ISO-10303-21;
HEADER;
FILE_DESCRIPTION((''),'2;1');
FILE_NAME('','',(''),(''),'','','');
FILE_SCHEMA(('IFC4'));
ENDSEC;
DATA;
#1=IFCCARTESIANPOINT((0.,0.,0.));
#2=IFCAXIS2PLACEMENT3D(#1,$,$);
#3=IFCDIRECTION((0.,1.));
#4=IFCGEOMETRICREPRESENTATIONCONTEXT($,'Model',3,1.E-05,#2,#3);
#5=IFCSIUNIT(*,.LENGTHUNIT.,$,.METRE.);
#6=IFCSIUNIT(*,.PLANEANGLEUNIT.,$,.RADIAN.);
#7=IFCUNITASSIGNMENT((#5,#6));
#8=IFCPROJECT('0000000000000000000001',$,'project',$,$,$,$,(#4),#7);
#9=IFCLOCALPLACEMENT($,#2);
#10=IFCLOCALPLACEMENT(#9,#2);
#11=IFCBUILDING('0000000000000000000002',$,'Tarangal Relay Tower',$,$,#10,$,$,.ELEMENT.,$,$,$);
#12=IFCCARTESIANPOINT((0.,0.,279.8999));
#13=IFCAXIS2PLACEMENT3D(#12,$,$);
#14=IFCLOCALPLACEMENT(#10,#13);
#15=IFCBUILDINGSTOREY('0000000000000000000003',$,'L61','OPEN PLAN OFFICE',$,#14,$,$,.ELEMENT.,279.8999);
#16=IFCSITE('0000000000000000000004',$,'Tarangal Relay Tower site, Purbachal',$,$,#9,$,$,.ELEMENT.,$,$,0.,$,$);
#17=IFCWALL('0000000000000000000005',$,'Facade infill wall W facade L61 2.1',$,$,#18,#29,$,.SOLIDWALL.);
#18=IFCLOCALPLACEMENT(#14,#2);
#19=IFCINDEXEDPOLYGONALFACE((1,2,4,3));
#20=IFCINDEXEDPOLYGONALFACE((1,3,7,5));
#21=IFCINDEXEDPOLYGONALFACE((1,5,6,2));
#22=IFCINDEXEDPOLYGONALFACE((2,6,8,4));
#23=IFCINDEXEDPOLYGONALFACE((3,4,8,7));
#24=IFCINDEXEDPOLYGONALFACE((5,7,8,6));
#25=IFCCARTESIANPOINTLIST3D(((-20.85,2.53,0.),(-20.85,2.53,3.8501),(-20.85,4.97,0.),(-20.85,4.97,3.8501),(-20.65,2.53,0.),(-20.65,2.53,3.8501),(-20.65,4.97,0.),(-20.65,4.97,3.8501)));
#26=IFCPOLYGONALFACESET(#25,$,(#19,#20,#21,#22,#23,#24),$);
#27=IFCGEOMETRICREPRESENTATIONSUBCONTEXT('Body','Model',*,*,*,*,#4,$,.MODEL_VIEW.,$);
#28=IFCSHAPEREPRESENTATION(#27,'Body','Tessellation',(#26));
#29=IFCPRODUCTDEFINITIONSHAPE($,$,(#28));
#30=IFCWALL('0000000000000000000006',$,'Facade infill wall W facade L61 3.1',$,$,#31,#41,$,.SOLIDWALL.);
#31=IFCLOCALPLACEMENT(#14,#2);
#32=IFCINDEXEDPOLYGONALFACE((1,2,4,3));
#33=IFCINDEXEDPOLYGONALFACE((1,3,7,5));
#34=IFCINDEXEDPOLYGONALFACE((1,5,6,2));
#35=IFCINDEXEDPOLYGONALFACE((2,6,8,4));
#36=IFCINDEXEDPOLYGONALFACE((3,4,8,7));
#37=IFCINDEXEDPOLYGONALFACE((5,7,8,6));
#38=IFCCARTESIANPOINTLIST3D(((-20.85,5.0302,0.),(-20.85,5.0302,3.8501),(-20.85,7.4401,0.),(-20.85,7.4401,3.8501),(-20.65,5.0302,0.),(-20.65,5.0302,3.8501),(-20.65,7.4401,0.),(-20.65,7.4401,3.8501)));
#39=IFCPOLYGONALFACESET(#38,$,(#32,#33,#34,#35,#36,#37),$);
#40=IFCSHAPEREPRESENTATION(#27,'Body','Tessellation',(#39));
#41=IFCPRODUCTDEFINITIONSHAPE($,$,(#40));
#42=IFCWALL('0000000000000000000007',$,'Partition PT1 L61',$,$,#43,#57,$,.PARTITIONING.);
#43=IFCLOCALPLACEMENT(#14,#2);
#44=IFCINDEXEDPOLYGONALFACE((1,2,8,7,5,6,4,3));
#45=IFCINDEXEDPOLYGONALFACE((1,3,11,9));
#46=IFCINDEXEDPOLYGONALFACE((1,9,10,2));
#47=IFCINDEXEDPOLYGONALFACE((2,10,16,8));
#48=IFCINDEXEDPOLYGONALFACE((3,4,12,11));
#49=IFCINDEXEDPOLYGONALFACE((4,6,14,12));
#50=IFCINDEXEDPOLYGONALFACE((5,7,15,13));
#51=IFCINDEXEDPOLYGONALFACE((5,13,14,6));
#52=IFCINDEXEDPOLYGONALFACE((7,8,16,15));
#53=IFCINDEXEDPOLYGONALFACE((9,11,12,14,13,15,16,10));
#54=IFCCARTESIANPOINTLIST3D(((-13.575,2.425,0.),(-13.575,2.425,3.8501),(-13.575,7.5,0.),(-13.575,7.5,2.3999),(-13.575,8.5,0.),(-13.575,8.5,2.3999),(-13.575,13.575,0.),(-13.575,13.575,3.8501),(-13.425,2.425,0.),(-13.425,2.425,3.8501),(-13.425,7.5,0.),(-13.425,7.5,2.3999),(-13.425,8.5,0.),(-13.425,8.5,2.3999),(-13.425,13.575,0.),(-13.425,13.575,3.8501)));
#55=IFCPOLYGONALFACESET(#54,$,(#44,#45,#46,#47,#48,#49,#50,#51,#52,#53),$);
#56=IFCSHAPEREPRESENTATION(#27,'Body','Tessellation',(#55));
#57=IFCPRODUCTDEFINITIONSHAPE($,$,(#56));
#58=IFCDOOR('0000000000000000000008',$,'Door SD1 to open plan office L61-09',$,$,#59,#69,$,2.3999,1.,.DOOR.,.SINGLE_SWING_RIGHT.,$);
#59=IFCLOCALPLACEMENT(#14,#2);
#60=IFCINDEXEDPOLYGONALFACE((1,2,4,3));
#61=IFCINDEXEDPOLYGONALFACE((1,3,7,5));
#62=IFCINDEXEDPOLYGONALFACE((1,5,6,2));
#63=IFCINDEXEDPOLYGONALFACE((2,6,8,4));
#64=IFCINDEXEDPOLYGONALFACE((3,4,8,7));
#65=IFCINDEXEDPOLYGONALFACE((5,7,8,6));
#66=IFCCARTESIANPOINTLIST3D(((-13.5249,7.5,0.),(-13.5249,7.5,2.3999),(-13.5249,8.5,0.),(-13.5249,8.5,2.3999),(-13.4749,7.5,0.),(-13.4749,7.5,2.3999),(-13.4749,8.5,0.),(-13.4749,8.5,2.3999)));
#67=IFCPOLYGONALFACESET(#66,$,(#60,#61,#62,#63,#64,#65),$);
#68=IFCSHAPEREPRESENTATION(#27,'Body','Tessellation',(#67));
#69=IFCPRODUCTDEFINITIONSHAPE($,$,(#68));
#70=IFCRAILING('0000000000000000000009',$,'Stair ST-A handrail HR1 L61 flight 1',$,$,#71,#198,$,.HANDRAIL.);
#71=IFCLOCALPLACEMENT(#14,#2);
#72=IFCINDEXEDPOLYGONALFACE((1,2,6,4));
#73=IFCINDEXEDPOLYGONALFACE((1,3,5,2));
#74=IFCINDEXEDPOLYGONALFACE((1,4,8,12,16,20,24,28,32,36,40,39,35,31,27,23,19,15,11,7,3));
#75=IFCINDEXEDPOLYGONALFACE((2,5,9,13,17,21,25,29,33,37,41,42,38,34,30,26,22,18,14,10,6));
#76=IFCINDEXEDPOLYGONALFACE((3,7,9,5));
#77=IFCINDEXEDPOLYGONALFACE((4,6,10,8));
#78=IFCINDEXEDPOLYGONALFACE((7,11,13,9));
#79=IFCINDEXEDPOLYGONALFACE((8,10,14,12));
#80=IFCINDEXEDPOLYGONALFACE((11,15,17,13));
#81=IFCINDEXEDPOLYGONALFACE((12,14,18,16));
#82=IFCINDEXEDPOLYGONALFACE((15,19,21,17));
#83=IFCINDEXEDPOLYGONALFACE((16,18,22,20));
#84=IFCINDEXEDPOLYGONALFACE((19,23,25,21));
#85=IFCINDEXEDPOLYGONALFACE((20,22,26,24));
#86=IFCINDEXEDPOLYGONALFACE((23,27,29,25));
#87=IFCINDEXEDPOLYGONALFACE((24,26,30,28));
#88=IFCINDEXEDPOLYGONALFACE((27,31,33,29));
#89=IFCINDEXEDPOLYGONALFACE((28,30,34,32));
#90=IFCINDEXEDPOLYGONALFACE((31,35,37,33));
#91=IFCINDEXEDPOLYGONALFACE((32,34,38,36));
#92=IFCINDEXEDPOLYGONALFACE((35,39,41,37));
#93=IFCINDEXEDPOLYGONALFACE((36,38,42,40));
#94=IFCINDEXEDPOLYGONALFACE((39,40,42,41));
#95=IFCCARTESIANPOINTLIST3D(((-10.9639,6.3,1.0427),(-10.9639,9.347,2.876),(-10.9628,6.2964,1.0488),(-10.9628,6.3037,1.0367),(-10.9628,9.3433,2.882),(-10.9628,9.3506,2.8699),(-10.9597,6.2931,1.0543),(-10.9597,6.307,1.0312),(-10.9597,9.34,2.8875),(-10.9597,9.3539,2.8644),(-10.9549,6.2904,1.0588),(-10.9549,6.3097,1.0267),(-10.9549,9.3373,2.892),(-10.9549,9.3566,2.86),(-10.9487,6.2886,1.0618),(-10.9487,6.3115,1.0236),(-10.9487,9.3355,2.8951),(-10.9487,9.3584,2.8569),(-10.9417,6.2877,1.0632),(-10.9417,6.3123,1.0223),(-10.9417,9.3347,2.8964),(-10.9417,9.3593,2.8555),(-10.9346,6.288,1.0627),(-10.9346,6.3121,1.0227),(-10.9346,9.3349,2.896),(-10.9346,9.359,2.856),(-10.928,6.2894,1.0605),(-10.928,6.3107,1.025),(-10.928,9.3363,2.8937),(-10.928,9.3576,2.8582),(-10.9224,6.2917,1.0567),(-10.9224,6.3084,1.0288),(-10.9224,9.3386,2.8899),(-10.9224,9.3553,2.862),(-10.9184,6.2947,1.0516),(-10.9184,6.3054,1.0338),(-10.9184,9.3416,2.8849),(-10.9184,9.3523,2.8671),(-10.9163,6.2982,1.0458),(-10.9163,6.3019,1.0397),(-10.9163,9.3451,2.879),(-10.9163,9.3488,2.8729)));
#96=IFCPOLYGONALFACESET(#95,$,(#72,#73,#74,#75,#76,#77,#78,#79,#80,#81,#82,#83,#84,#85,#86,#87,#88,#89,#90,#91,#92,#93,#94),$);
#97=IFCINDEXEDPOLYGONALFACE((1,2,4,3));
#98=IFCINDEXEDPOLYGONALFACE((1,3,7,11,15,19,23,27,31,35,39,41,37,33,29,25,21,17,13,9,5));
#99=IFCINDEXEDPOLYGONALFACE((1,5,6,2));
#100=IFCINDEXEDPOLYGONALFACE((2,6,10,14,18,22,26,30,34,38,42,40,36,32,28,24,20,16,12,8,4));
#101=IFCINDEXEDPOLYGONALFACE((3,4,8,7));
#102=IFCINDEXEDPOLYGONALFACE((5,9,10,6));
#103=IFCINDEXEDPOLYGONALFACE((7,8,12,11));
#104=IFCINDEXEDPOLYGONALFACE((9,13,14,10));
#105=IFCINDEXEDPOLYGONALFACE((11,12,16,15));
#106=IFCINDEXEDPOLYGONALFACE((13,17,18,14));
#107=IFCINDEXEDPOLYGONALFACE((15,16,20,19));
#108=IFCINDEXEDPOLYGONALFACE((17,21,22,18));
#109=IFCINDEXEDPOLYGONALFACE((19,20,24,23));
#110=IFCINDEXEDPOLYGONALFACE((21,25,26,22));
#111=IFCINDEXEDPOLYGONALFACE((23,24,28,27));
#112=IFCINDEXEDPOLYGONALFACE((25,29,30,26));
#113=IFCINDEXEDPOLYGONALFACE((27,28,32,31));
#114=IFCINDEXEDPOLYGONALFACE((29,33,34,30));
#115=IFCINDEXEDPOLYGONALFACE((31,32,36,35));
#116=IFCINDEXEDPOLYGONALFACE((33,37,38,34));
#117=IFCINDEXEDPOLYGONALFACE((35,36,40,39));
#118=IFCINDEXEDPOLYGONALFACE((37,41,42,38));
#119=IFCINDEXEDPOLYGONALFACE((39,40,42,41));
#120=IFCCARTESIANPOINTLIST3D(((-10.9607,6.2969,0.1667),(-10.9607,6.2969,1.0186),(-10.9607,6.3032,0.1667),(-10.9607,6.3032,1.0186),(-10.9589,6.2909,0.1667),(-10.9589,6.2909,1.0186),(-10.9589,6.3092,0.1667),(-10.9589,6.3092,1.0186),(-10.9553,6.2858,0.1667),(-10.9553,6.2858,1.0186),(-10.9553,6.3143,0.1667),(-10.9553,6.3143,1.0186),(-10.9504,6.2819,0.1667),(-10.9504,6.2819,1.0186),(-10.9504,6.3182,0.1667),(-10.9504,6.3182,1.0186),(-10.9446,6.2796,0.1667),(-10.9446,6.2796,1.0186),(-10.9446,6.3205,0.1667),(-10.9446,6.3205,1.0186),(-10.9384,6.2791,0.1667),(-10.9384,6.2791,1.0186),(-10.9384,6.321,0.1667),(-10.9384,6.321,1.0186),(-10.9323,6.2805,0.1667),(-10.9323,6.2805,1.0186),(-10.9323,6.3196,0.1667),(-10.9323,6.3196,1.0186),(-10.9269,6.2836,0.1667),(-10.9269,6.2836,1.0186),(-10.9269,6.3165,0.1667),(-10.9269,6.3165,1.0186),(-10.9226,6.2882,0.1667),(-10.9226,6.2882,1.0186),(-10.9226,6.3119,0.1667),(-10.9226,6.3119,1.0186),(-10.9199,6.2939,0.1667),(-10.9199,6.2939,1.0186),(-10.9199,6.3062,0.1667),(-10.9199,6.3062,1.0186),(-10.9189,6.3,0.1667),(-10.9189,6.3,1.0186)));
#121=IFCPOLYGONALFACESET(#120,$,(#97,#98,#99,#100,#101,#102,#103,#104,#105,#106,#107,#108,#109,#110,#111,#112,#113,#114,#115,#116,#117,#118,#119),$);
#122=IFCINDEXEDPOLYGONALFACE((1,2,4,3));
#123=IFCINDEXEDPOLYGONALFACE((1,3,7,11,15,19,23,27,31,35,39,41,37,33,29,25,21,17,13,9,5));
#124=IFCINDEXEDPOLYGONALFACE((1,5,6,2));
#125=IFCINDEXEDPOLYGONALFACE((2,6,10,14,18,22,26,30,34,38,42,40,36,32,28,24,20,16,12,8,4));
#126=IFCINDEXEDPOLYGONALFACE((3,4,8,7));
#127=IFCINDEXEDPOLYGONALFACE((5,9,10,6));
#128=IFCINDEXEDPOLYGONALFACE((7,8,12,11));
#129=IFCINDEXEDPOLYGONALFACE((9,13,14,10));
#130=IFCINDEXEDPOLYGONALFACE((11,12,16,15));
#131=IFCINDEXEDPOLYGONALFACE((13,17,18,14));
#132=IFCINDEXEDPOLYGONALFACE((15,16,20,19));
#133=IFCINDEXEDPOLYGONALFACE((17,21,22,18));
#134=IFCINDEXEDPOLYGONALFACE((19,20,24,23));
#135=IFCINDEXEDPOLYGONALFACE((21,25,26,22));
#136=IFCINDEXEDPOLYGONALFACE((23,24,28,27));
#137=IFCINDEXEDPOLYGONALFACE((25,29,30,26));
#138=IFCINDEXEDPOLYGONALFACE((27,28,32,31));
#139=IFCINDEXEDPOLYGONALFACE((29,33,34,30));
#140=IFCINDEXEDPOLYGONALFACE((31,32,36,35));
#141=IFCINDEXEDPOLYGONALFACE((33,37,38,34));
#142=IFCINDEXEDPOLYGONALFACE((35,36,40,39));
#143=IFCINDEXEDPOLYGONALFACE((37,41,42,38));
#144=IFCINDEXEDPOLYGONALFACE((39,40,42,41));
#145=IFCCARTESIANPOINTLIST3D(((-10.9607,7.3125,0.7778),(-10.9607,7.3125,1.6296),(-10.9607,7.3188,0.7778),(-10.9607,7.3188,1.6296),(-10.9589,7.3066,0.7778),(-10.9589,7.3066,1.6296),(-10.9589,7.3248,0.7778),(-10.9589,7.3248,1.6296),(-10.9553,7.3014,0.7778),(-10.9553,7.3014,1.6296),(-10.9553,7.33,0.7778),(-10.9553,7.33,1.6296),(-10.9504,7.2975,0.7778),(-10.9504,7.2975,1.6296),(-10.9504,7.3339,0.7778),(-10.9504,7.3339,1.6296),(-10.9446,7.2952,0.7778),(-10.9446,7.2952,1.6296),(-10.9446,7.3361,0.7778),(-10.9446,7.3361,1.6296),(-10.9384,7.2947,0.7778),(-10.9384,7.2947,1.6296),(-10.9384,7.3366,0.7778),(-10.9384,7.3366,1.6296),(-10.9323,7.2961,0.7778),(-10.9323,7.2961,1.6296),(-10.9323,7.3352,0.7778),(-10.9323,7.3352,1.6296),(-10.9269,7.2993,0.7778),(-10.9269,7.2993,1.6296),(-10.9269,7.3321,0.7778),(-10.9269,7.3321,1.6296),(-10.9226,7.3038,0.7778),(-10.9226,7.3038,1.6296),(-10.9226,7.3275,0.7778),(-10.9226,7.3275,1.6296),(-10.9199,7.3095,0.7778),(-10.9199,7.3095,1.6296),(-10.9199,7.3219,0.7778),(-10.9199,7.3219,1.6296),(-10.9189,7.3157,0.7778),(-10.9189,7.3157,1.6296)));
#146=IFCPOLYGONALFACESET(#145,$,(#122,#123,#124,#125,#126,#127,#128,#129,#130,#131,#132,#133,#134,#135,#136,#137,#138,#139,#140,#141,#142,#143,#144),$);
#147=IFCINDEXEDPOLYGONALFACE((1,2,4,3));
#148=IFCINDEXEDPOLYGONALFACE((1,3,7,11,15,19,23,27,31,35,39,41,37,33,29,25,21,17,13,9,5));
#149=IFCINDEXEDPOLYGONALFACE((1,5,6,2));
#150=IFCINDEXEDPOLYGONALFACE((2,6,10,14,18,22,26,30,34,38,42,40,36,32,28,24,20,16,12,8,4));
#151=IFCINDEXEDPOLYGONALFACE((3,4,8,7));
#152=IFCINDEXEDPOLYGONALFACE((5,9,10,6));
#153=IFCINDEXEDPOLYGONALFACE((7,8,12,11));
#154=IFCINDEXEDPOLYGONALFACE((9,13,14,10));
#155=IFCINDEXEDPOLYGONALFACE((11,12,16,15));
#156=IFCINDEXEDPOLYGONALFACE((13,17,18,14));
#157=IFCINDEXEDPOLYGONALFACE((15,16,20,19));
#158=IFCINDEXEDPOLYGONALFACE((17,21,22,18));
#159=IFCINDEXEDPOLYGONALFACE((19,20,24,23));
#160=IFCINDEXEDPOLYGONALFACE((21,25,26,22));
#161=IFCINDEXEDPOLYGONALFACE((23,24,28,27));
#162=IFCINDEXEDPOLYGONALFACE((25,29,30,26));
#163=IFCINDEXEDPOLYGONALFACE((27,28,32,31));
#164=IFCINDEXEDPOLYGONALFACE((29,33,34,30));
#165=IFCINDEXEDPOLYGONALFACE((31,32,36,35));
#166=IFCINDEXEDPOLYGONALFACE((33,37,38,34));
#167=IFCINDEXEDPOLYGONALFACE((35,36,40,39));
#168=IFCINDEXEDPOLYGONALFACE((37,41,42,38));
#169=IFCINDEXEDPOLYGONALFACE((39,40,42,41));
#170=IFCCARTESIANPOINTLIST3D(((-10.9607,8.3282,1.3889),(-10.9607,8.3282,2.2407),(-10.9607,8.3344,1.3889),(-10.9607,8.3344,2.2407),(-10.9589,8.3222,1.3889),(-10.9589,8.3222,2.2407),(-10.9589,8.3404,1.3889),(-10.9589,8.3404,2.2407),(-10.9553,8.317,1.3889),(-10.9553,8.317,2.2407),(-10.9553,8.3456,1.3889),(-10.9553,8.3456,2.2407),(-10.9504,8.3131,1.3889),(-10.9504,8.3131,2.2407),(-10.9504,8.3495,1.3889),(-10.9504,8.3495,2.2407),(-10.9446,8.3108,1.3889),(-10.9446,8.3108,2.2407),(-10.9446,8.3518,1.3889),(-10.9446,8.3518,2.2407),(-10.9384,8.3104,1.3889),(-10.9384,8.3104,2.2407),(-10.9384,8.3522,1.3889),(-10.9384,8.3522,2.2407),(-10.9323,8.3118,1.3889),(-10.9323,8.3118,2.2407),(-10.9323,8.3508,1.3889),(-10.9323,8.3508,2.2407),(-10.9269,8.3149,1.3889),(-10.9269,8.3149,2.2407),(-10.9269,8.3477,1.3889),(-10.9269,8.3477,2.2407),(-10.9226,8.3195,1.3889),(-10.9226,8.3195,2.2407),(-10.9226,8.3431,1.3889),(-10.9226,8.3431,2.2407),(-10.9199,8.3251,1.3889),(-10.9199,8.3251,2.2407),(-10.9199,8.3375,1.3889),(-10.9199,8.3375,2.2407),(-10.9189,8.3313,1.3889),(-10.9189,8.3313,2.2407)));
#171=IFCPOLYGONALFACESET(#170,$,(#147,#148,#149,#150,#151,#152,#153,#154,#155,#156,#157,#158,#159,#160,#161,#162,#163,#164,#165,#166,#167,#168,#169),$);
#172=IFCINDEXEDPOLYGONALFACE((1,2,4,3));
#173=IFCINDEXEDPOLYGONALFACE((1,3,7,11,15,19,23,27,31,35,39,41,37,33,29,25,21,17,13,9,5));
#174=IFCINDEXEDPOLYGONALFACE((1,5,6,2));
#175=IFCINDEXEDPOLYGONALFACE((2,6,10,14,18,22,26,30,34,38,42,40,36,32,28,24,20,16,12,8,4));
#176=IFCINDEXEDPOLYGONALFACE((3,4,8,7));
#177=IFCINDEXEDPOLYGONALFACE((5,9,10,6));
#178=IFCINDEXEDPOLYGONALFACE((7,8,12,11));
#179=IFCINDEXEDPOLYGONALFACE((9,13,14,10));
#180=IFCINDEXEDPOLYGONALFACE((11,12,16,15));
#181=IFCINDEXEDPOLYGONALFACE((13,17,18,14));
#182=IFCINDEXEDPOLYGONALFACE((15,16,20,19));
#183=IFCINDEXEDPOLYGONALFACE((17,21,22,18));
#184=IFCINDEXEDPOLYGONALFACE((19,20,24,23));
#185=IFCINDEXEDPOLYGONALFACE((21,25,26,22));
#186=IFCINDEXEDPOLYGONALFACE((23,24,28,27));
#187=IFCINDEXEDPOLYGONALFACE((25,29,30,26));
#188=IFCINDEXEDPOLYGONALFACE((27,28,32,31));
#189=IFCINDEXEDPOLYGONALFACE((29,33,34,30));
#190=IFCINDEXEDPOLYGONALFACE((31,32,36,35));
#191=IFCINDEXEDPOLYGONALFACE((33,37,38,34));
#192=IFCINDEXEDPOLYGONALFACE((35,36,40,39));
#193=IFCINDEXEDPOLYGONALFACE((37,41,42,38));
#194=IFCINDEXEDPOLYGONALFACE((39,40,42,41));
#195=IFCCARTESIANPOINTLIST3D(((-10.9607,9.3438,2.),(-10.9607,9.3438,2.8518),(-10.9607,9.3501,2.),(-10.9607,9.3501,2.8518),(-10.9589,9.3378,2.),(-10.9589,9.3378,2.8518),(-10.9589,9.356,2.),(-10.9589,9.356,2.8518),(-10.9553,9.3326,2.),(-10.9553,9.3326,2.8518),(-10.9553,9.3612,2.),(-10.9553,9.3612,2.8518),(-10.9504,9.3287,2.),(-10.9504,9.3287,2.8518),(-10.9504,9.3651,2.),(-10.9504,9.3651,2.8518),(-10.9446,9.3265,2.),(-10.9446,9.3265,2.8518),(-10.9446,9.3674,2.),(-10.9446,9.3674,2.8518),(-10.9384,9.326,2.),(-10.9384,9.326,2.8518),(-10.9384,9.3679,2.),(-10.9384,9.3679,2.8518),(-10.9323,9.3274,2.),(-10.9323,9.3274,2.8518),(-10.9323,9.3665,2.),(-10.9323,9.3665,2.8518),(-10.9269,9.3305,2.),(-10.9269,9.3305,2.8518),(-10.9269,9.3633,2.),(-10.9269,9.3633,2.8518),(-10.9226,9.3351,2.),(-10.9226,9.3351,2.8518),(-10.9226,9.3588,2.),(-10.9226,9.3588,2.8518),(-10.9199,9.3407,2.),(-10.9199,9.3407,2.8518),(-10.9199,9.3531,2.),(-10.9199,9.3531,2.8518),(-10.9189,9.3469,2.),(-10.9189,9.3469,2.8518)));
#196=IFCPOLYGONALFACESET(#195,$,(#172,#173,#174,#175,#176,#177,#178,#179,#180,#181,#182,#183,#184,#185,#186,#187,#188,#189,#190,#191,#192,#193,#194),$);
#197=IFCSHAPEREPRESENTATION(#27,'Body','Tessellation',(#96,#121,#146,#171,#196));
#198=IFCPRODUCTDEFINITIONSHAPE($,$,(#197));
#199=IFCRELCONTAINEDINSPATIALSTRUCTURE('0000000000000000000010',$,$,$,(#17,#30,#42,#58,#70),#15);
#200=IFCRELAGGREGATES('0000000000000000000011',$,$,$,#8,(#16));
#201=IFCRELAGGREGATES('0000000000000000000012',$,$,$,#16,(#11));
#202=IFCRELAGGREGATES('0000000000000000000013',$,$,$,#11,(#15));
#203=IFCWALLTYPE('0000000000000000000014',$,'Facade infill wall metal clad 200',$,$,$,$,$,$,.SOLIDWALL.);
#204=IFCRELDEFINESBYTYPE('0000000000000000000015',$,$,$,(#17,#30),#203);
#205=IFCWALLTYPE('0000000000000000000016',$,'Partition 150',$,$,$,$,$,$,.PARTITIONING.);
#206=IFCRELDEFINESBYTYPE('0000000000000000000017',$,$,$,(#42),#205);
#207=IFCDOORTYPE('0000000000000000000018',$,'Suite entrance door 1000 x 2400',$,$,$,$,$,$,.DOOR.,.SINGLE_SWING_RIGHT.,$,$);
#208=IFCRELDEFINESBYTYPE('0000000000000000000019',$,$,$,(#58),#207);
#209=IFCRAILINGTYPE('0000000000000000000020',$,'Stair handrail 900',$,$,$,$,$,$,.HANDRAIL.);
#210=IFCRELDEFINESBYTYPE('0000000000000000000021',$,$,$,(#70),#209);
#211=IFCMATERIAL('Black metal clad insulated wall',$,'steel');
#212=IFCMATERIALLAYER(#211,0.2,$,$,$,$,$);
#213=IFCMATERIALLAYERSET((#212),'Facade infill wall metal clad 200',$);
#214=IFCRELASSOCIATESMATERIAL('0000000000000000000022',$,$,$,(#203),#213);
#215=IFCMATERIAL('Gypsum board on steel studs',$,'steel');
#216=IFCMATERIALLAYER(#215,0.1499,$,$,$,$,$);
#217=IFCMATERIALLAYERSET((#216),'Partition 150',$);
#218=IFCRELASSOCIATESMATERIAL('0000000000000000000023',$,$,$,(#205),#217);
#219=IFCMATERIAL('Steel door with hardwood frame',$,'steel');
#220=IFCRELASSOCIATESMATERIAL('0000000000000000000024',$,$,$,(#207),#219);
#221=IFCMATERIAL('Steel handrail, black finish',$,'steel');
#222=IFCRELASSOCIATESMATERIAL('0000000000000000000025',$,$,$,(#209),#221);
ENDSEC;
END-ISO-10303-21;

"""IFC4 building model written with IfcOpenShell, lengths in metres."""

from ifc_helpers import new_model, si_unit, direction, frame, frame_2d, origin, origin_2d, place, context, subcontext, project, spatial, rectangle, circle, extrude, material, layer, layer_set, type_object, element, fill, save


model = new_model("IFC4")

# Units and contexts
model_context = context("Model", 3, precision=1e-05, world=origin(), true_north=direction((0.0, 1.0)))
body_context = subcontext(model_context, "Body", "Model", "MODEL_VIEW")
ifc_project = project(units=[si_unit("LENGTHUNIT", "METRE"), si_unit("PLANEANGLEUNIT", "RADIAN")], contexts=[model_context])

# Site, building, storey
site_placement = place(None, origin())
site = spatial("IfcSite", under=ifc_project, at=site_placement, Name="Tarangal Relay Tower site, Purbachal", CompositionType="ELEMENT", RefElevation=0.0)
building_placement = place(site_placement, origin())
building = spatial("IfcBuilding", under=site, at=building_placement, Name="Tarangal Relay Tower", CompositionType="ELEMENT")
storey_placement = place(building_placement, frame((0.0, 0.0, 279.8999)))
storey = spatial("IfcBuildingStorey", under=building, at=storey_placement, Name="L61", Description="OPEN PLAN OFFICE", CompositionType="ELEMENT", Elevation=279.8999)

# Shared definitions
ifc_material_1 = material(Name="Steel door with hardwood frame", Category="steel")

# Walls
ifc_material_2 = material(Name="Black metal clad insulated wall", Category="steel")
ifc_layer_1 = layer(ifc_material_2, 0.2)
ifc_layer_set_1 = layer_set([ifc_layer_1], Name="Facade infill wall metal clad 200")
wall_type_1 = type_object("IfcWallType", Name="Facade infill wall metal clad 200", PredefinedType="SOLIDWALL", material=ifc_layer_set_1)
wall_1_placement = place(storey_placement, frame((-20.75, 2.53, 0.0), z_axis=(0.0, 0.0, 1.0), x_axis=(0.0, 1.0, 0.0)))
element("IfcWall", 1, at=wall_1_placement, inside=storey, type_object=wall_type_1, Name="Facade infill wall W facade L61 2.1", PredefinedType="SOLIDWALL", context=body_context, shape_type="SweptSolid", body=[
    extrude(rectangle(XDim=2.4399, YDim=0.2, at=frame_2d((1.22, 0.0))), origin(), (0.0, 0.0, 1.0), 3.8501),
])
wall_2_placement = place(storey_placement, frame((-20.75, 5.03, 0.0), z_axis=(0.0, 0.0, 1.0), x_axis=(0.0, 1.0, 0.0)))
element("IfcWall", 2, at=wall_2_placement, inside=storey, type_object=wall_type_1, Name="Facade infill wall W facade L61 3.1", PredefinedType="SOLIDWALL", context=body_context, shape_type="SweptSolid", body=[
    extrude(rectangle(XDim=2.4099, YDim=0.2, at=frame_2d((1.2051, 0.0))), origin(), (0.0, 0.0, 1.0), 3.8501),
])

# Wall, opening, door
ifc_material_3 = material(Name="Gypsum board on steel studs", Category="steel")
ifc_layer_2 = layer(ifc_material_3, 0.1499)
ifc_layer_set_2 = layer_set([ifc_layer_2], Name="Partition 150")
wall_type_2 = type_object("IfcWallType", Name="Partition 150", PredefinedType="PARTITIONING", material=ifc_layer_set_2)
wall_3_placement = place(storey_placement, frame((-13.5, 2.425, 0.0), z_axis=(0.0, 0.0, 1.0), x_axis=(0.0, 1.0, 0.0)))
wall_3 = element("IfcWall", 3, at=wall_3_placement, inside=storey, type_object=wall_type_2, Name="Partition PT1 L61", PredefinedType="PARTITIONING", context=body_context, shape_type="SweptSolid", body=[
    extrude(rectangle(XDim=11.1499, YDim=0.1499, at=frame_2d((5.575, 0.0))), origin(), (0.0, 0.0, 1.0), 3.8501),
])
opening_1_placement = place(wall_3_placement, frame((5.075, 0.0, 0.0)))
opening_1 = element("IfcOpeningElement", 4, at=opening_1_placement, cuts=wall_3, PredefinedType="OPENING", context=body_context, shape_type="SweptSolid", body=[
    extrude(rectangle(XDim=1.0, YDim=2.3999, at=frame_2d((0.5, 1.2))), frame((0.0, 0.085, 0.0), z_axis=(0.0, -1.0, 0.0), x_axis=(1.0, 0.0, 0.0)), (0.0, 0.0, 1.0), 0.1699),
])
door_type_1 = type_object("IfcDoorType", Name="Suite entrance door 1000 x 2400", OperationType="SINGLE_SWING_RIGHT", PredefinedType="DOOR", material=ifc_material_1)
door_1_placement = place(opening_1_placement, origin())
door_1 = element("IfcDoor", 5, at=door_1_placement, inside=storey, type_object=door_type_1, Name="Door SD1 to open plan office L61-09", OperationType="SINGLE_SWING_RIGHT", OverallHeight=2.3999, OverallWidth=1.0, PredefinedType="DOOR", context=body_context, shape_type="SweptSolid", body=[
    extrude(rectangle(XDim=1.0, YDim=2.3999, at=frame_2d((0.5, 1.2))), frame((0.0, 0.0249, 0.0), z_axis=(0.0, -1.0, 0.0), x_axis=(1.0, 0.0, 0.0)), (0.0, 0.0, 1.0), 0.05),
])
fill(opening_1, door_1)

# Railing
ifc_material_4 = material(Name="Steel handrail, black finish", Category="steel")
railing_type = type_object("IfcRailingType", Name="Stair handrail 900", PredefinedType="HANDRAIL", material=ifc_material_4)
railing_placement = place(storey_placement, frame((-10.9399, 6.3, 0.1667)))
element("IfcRailing", 6, at=railing_placement, inside=storey, type_object=railing_type, Name="Stair ST-A handrail HR1 L61 flight 1", PredefinedType="HANDRAIL", context=body_context, shape_type="SweptSolid", body=[
    extrude(circle(Radius=0.0239, at=origin_2d()), frame((0.0, 0.0, 0.876), z_axis=(0.0, 0.856856, 0.515556), x_axis=(-1.0, 0.0, 0.0)), (0.0, 0.0, 1.0), 3.5559),
    extrude(circle(Radius=0.021, at=origin_2d()), origin(), (0.0, 0.0, 1.0), 0.8518),
    extrude(circle(Radius=0.021, at=origin_2d()), frame((0.0, 1.0156, 0.6111)), (0.0, 0.0, 1.0), 0.8518),
    extrude(circle(Radius=0.021, at=origin_2d()), frame((0.0, 2.0312, 1.2222)), (0.0, 0.0, 1.0), 0.8518),
    extrude(circle(Radius=0.021, at=origin_2d()), frame((0.0, 3.0469, 1.8333)), (0.0, 0.0, 1.0), 0.8518),
])

save(model, "model.ifc")
